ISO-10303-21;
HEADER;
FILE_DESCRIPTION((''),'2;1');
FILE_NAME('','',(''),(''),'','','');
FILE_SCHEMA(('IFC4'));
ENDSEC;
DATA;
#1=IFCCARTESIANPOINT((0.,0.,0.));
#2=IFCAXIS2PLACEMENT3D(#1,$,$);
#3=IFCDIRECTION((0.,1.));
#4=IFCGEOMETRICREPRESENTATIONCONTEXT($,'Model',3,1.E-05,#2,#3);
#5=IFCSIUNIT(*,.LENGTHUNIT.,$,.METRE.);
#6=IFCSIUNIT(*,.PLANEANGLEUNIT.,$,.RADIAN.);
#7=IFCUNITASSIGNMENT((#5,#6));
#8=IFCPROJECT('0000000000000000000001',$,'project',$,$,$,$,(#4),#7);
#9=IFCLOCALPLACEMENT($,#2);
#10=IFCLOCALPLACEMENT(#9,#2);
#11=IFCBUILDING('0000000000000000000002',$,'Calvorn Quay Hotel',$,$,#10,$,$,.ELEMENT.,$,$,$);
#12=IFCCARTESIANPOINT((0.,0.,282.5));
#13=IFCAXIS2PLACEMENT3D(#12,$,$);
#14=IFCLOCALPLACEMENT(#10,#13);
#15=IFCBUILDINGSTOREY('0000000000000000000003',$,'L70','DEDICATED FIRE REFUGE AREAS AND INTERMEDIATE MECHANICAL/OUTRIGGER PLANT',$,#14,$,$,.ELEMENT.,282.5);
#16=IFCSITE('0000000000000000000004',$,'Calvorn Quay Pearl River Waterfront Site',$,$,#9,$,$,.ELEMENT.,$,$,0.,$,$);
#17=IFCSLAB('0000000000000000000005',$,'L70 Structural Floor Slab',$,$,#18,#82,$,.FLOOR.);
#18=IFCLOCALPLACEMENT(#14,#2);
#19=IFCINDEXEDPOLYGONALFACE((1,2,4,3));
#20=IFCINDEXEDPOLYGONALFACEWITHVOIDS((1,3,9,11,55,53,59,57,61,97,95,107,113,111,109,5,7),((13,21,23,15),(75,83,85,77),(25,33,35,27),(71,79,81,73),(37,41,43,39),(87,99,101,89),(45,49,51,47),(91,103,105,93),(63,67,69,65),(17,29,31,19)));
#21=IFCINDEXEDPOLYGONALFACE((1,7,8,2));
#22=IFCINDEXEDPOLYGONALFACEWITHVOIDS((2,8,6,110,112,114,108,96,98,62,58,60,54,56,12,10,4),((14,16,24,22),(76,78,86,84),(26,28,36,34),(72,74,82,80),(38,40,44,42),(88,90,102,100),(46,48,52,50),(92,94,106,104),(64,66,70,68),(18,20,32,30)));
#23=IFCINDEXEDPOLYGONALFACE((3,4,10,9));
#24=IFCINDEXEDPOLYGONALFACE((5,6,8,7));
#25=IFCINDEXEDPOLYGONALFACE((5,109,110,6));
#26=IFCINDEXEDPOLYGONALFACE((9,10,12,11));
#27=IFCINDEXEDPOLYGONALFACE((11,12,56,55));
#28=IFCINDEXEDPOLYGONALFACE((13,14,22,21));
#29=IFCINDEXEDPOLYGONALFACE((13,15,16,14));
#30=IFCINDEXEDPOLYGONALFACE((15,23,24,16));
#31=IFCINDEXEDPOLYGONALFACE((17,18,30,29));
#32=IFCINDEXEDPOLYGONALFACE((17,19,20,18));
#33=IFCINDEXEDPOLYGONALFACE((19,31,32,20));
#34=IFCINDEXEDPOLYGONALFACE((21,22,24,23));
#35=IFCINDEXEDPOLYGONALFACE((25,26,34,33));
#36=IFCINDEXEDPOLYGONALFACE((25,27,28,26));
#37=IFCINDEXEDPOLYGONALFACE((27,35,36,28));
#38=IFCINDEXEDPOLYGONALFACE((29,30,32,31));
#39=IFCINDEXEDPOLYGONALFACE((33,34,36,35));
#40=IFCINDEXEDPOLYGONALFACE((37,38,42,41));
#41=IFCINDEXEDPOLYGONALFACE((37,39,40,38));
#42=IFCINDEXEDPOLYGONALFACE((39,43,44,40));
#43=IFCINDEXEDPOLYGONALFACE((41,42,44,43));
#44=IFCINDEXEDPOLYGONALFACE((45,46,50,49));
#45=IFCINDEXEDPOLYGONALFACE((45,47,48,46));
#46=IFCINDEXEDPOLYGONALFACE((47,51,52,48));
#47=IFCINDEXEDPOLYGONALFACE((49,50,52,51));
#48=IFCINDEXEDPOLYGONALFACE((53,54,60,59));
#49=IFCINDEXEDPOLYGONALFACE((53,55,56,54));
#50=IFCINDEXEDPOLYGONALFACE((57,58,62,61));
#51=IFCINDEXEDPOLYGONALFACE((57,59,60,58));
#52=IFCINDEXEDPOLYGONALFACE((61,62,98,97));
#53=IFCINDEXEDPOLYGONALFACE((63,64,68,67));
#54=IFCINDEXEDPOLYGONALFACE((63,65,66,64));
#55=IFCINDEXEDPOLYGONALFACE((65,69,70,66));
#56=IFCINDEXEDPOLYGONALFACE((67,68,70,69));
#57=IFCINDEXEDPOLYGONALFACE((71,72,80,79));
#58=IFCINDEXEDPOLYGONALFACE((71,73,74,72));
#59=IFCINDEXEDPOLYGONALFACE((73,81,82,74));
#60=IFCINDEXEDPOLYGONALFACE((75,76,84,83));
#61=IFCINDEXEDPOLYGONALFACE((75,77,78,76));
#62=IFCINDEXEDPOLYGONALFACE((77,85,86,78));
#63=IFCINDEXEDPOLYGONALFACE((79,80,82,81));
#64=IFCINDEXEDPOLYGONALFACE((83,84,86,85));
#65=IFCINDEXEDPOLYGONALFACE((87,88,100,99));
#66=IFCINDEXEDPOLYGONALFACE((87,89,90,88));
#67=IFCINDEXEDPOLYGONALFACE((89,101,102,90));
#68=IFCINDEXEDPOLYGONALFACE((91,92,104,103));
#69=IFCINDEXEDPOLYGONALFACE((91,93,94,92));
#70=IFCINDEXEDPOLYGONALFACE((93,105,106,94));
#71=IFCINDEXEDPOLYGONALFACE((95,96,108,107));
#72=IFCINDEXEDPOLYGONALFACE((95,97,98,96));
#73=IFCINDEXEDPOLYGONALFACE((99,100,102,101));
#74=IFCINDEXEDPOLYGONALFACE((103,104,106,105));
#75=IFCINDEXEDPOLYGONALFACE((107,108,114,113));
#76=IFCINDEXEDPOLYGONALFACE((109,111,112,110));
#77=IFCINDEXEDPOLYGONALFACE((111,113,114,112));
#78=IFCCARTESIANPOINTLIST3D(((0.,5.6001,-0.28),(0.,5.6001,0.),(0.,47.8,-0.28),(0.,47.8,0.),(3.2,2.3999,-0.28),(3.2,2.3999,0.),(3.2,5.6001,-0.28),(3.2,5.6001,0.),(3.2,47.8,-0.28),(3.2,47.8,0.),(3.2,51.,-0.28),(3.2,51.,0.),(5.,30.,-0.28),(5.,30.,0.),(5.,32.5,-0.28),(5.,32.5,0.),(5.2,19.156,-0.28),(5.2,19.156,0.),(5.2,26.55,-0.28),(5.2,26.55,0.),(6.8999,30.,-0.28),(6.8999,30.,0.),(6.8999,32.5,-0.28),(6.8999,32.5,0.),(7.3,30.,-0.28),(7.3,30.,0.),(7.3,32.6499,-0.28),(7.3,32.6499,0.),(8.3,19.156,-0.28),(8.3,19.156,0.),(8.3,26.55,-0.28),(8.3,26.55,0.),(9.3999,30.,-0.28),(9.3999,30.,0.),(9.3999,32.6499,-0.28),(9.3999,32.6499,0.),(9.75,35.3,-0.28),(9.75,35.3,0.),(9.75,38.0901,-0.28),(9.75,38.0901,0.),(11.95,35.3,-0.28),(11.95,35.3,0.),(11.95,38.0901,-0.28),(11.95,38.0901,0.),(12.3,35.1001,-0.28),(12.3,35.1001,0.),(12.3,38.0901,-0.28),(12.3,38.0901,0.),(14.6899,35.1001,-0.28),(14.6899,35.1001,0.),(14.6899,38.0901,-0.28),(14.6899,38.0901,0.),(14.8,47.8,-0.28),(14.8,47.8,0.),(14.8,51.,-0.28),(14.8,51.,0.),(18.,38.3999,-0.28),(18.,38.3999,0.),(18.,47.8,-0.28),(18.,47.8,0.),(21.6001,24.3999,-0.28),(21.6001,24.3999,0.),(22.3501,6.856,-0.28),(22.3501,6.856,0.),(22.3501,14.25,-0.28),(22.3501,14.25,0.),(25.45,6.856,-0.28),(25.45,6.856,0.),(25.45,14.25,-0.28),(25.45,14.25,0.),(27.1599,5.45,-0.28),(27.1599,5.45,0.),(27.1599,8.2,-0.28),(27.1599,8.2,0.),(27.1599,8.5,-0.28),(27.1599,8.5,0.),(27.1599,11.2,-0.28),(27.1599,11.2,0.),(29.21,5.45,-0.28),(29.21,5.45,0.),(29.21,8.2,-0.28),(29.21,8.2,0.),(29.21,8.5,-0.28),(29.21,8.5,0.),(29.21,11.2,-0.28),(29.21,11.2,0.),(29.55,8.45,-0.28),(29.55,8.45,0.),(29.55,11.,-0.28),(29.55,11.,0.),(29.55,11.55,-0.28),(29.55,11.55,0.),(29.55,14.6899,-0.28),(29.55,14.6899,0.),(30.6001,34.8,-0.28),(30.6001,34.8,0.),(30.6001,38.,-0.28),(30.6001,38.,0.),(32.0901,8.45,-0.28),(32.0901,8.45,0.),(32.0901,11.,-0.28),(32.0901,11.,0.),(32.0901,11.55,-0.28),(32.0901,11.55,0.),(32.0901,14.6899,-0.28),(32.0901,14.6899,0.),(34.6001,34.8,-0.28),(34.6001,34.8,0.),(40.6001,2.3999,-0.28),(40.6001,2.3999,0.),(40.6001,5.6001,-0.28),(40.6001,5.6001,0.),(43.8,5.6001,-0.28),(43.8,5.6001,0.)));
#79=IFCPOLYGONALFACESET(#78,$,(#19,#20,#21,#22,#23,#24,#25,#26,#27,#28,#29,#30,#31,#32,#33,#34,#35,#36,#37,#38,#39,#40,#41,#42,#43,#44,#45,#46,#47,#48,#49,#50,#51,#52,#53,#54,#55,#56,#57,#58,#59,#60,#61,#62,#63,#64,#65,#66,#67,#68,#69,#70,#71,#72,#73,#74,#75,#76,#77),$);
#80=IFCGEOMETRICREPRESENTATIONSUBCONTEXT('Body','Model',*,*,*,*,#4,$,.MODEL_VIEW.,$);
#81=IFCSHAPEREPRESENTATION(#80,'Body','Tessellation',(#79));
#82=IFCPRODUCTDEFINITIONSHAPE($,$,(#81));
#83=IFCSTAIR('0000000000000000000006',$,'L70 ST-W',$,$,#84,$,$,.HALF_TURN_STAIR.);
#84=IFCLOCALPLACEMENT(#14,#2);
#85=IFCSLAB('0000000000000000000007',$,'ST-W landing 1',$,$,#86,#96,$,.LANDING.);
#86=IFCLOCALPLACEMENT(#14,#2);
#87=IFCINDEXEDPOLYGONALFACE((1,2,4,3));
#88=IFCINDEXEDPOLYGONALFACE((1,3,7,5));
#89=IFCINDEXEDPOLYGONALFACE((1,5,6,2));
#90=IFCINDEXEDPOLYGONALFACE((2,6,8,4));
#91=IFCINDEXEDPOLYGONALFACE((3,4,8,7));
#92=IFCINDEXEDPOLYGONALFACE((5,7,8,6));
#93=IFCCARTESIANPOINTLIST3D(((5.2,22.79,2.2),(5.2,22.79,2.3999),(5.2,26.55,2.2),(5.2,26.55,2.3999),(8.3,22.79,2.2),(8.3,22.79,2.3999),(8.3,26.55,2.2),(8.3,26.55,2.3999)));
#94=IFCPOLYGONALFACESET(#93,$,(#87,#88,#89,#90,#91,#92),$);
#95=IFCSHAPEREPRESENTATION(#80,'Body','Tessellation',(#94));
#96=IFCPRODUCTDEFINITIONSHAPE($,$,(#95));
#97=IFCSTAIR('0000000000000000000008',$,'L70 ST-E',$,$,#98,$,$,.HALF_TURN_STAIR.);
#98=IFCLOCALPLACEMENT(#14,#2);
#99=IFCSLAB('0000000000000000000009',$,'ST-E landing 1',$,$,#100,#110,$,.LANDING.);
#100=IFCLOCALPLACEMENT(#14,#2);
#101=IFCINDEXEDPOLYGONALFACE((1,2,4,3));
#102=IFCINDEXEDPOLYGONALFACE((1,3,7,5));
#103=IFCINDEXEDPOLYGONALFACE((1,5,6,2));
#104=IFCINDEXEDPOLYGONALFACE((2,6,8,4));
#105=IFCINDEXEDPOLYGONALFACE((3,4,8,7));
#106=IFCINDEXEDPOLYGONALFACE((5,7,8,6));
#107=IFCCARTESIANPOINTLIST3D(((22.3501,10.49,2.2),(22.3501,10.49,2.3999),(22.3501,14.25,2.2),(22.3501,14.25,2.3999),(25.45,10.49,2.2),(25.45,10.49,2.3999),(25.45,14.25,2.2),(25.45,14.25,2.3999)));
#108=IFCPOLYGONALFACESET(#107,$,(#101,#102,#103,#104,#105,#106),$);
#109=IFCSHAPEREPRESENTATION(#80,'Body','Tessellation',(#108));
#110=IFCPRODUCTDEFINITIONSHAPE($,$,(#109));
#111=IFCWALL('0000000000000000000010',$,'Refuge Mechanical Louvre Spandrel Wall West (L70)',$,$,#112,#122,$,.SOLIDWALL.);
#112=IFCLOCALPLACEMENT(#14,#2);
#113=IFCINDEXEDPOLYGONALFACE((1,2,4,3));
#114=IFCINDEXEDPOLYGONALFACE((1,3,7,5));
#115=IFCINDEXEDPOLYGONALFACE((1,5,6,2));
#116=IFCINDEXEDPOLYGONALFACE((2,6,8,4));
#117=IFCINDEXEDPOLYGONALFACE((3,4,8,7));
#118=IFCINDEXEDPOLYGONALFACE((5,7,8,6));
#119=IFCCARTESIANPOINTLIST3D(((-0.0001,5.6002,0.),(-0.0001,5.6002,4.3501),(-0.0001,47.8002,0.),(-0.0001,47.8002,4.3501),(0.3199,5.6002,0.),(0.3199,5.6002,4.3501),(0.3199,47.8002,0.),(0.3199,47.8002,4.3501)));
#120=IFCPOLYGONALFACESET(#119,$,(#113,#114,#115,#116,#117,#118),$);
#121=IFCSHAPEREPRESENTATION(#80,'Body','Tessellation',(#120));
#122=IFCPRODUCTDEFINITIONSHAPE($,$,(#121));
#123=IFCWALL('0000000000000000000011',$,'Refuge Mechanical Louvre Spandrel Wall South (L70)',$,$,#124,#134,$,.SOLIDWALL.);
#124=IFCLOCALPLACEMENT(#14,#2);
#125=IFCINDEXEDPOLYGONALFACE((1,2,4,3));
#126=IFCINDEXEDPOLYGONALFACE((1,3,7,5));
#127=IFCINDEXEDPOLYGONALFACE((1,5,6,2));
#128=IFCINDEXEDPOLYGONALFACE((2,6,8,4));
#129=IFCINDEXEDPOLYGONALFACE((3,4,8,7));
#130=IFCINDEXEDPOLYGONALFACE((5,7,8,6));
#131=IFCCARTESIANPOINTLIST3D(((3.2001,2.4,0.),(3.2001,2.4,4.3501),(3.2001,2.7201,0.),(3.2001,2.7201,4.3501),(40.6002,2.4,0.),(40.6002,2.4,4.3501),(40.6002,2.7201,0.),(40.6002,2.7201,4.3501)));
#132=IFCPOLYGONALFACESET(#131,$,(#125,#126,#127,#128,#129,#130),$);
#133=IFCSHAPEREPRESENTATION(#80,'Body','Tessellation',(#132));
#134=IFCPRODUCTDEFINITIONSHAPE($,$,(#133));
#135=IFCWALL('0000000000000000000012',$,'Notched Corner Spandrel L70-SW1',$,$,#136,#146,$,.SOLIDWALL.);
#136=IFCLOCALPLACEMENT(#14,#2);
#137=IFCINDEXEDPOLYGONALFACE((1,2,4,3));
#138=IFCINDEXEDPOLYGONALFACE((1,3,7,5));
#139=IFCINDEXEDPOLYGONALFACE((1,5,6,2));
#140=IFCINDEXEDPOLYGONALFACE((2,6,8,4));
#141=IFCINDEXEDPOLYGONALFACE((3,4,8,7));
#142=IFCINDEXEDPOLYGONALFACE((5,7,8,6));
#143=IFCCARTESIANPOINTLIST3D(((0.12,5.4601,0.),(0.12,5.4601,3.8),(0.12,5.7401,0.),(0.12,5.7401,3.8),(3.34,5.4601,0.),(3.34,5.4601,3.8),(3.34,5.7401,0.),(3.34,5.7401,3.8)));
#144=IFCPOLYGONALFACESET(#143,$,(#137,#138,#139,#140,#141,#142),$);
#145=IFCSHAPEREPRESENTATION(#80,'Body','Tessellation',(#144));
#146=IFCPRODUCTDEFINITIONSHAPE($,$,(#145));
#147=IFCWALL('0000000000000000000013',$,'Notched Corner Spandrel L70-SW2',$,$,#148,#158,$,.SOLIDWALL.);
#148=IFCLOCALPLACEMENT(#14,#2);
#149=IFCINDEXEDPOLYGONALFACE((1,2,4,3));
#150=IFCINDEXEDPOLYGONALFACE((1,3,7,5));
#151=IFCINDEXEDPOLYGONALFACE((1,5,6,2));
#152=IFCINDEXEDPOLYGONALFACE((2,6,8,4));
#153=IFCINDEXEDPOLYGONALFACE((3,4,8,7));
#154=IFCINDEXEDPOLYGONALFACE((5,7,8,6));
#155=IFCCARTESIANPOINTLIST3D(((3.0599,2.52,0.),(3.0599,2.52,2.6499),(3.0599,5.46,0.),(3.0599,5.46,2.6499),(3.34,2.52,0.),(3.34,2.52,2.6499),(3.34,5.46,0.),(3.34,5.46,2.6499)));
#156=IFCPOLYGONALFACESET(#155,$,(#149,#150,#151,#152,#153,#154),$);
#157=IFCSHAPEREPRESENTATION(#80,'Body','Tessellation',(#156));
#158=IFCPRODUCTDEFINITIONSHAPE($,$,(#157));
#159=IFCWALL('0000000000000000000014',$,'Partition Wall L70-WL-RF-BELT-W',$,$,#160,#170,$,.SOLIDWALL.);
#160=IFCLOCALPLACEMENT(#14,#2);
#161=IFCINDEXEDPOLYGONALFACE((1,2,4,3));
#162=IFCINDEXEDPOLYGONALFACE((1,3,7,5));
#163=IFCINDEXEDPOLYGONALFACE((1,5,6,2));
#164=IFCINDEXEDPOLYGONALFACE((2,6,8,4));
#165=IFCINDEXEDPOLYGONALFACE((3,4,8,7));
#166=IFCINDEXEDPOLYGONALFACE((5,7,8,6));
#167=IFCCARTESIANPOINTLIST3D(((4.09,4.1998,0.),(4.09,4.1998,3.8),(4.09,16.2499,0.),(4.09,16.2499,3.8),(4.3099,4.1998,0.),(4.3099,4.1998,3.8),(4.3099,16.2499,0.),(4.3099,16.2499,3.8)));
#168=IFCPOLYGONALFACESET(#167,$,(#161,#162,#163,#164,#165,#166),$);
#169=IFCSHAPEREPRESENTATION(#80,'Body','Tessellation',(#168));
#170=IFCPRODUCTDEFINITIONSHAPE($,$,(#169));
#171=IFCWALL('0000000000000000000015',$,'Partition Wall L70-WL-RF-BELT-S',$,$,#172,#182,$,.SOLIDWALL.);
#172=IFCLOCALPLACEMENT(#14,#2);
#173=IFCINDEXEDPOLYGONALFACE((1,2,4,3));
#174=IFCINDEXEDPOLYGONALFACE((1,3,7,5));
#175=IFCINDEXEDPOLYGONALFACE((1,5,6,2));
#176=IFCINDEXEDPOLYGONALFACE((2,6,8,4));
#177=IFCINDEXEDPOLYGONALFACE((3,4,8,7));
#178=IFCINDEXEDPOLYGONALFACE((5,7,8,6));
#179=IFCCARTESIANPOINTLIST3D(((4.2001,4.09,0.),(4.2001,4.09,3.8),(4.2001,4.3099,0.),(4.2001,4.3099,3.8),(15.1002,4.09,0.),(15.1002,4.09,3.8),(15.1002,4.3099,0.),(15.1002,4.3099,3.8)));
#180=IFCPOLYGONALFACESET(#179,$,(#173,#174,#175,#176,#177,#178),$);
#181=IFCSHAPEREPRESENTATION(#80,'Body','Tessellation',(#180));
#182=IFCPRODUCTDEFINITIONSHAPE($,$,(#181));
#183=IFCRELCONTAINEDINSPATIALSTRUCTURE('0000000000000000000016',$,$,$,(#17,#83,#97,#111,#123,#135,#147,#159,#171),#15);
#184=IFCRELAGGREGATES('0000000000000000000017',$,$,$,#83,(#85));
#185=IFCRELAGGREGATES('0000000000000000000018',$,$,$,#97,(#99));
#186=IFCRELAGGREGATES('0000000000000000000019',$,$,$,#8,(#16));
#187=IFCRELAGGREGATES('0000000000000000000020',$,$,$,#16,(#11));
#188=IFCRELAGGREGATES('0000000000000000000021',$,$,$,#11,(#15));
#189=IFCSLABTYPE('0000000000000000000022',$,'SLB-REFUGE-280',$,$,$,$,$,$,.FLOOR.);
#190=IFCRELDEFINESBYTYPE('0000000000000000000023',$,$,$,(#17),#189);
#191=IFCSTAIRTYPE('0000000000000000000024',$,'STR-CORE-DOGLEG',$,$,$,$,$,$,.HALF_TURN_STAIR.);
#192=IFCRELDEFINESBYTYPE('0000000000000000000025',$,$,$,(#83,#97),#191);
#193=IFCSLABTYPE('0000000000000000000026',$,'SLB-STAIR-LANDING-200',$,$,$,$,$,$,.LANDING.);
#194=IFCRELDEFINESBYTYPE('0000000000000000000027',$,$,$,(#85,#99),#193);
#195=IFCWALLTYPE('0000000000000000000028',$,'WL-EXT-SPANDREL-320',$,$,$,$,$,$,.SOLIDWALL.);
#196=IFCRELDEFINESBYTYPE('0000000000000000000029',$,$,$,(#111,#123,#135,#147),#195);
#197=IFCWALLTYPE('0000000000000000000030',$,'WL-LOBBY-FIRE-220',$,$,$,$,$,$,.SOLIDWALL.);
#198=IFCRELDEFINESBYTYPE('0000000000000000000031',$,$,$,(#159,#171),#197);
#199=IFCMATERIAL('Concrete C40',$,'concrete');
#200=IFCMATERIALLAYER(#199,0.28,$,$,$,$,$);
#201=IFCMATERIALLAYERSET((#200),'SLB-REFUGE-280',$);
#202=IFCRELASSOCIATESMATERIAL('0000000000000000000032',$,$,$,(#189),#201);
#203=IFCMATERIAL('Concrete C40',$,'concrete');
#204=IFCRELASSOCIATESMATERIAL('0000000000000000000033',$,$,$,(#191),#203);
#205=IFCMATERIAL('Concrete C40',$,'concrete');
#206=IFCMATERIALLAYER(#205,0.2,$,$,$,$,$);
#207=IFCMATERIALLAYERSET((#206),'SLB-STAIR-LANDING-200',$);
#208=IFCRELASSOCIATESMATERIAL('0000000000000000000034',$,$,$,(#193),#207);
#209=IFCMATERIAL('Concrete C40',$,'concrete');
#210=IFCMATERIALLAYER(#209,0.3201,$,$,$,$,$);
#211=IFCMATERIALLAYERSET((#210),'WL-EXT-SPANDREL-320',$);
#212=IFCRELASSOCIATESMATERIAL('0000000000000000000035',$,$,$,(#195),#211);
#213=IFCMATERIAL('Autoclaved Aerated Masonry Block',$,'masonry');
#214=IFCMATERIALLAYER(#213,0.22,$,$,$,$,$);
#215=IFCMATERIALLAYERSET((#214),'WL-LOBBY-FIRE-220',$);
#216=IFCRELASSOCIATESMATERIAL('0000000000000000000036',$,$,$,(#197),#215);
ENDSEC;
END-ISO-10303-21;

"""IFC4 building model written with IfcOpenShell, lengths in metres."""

from ifc_helpers import new_model, si_unit, direction, frame, frame_2d, origin, place, context, subcontext, project, spatial, polyline, rectangle, outline, extrude, material, layer, layer_set, type_object, element, aggregate, save


model = new_model("IFC4")

# Units and contexts
model_context = context("Model", 3, precision=1e-05, world=origin(), true_north=direction((0.0, 1.0)))
body_context = subcontext(model_context, "Body", "Model", "MODEL_VIEW")
ifc_project = project(units=[si_unit("LENGTHUNIT", "METRE"), si_unit("PLANEANGLEUNIT", "RADIAN")], contexts=[model_context])

# Site, building, storey
site_placement = place(None, origin())
site = spatial("IfcSite", under=ifc_project, at=site_placement, Name="Calvorn Quay Pearl River Waterfront Site", CompositionType="ELEMENT", RefElevation=0.0)
building_placement = place(site_placement, origin())
building = spatial("IfcBuilding", under=site, at=building_placement, Name="Calvorn Quay Hotel", CompositionType="ELEMENT")
storey_placement = place(building_placement, frame((0.0, 0.0, 282.5)))
storey = spatial("IfcBuildingStorey", under=building, at=storey_placement, Name="L70", Description="DEDICATED FIRE REFUGE AREAS AND INTERMEDIATE MECHANICAL/OUTRIGGER PLANT", CompositionType="ELEMENT", Elevation=282.5)

# Slab
ifc_material_1 = material(Name="Concrete C40", Category="concrete")
ifc_layer_1 = layer(ifc_material_1, 0.28)
ifc_layer_set_1 = layer_set([ifc_layer_1], Name="SLB-REFUGE-280")
slab_type_1 = type_object("IfcSlabType", Name="SLB-REFUGE-280", PredefinedType="FLOOR", material=ifc_layer_set_1)
slab_1_placement = place(storey_placement, frame((0.0, 0.0, -0.28)))
element("IfcSlab", 1, at=slab_1_placement, inside=storey, type_object=slab_type_1, Name="L70 Structural Floor Slab", PredefinedType="FLOOR", context=body_context, shape_type="SweptSolid", body=[
    extrude(outline(polyline([(0.0, 5.6001), (3.2, 5.6001), (3.2, 2.3999), (40.6001, 2.3999), (40.6001, 5.6001), (43.8, 5.6001), (34.6001, 34.8), (30.6001, 34.8), (30.6001, 38.0), (21.6001, 24.3999), (18.0, 38.3999), (18.0, 47.8), (14.8, 47.8), (14.8, 51.0), (3.2, 51.0), (3.2, 47.8), (0.0, 47.8), (0.0, 5.6001)]), holes=[polyline([(5.2, 19.156), (8.3, 19.156), (8.3, 26.55), (5.2, 26.55), (5.2, 19.156)]), polyline([(22.3501, 6.856), (25.45, 6.856), (25.45, 14.25), (22.3501, 14.25), (22.3501, 6.856)]), polyline([(5.0, 30.0), (6.8999, 30.0), (6.8999, 32.5), (5.0, 32.5), (5.0, 30.0)]), polyline([(7.3, 30.0), (9.3999, 30.0), (9.3999, 32.6499), (7.3, 32.6499), (7.3, 30.0)]), polyline([(27.1599, 8.5), (29.21, 8.5), (29.21, 11.2), (27.1599, 11.2), (27.1599, 8.5)]), polyline([(27.1599, 5.45), (29.21, 5.45), (29.21, 8.2), (27.1599, 8.2), (27.1599, 5.45)]), polyline([(12.3, 35.1001), (14.6899, 35.1001), (14.6899, 38.0901), (12.3, 38.0901), (12.3, 35.1001)]), polyline([(9.75, 35.3), (11.95, 35.3), (11.95, 38.0901), (9.75, 38.0901), (9.75, 35.3)]), polyline([(29.55, 11.55), (32.0901, 11.55), (32.0901, 14.6899), (29.55, 14.6899), (29.55, 11.55)]), polyline([(29.55, 8.45), (32.0901, 8.45), (32.0901, 11.0), (29.55, 11.0), (29.55, 8.45)])]), origin(), (0.0, 0.0, 1.0), 0.28),
])

# Stairs, slabs
ifc_material_2 = material(Name="Concrete C40", Category="concrete")
stair_type = type_object("IfcStairType", Name="STR-CORE-DOGLEG", PredefinedType="HALF_TURN_STAIR", material=ifc_material_2)
stair_1_placement = place(storey_placement, origin())
stair_1 = element("IfcStair", 2, at=stair_1_placement, inside=storey, type_object=stair_type, Name="L70 ST-W", PredefinedType="HALF_TURN_STAIR")
ifc_material_3 = material(Name="Concrete C40", Category="concrete")
ifc_layer_2 = layer(ifc_material_3, 0.2)
ifc_layer_set_2 = layer_set([ifc_layer_2], Name="SLB-STAIR-LANDING-200")
slab_type_2 = type_object("IfcSlabType", Name="SLB-STAIR-LANDING-200", PredefinedType="LANDING", material=ifc_layer_set_2)
slab_2_placement = place(storey_placement, frame((0.0, 0.0, 2.2)))
slab_2 = element("IfcSlab", 3, at=slab_2_placement, type_object=slab_type_2, Name="ST-W landing 1", PredefinedType="LANDING", context=body_context, shape_type="SweptSolid", body=[
    extrude(outline(polyline([(8.3, 22.79), (8.3, 26.55), (5.2, 26.55), (5.2, 22.79), (8.3, 22.79)])), origin(), (0.0, 0.0, 1.0), 0.2),
])
aggregate(stair_1, [slab_2])
stair_2_placement = place(storey_placement, origin())
stair_2 = element("IfcStair", 4, at=stair_2_placement, inside=storey, type_object=stair_type, Name="L70 ST-E", PredefinedType="HALF_TURN_STAIR")
slab_3_placement = place(storey_placement, frame((0.0, 0.0, 2.2)))
slab_3 = element("IfcSlab", 5, at=slab_3_placement, type_object=slab_type_2, Name="ST-E landing 1", PredefinedType="LANDING", context=body_context, shape_type="SweptSolid", body=[
    extrude(outline(polyline([(25.45, 10.49), (25.45, 14.25), (22.3501, 14.25), (22.3501, 10.49), (25.45, 10.49)])), origin(), (0.0, 0.0, 1.0), 0.2),
])
aggregate(stair_2, [slab_3])

# Walls
ifc_material_4 = material(Name="Concrete C40", Category="concrete")
ifc_layer_3 = layer(ifc_material_4, 0.3201)
ifc_layer_set_3 = layer_set([ifc_layer_3], Name="WL-EXT-SPANDREL-320")
wall_type_1 = type_object("IfcWallType", Name="WL-EXT-SPANDREL-320", PredefinedType="SOLIDWALL", material=ifc_layer_set_3)
wall_1_placement = place(storey_placement, frame((0.1599, 5.6001, 0.0), z_axis=(0.0, 0.0, 1.0), x_axis=(0.0, 1.0, 0.0)))
element("IfcWall", 6, at=wall_1_placement, inside=storey, type_object=wall_type_1, Name="Refuge Mechanical Louvre Spandrel Wall West (L70)", PredefinedType="SOLIDWALL", context=body_context, shape_type="SweptSolid", body=[
    extrude(rectangle(XDim=42.2, YDim=0.3201, at=frame_2d((21.1001, 0.0))), origin(), (0.0, 0.0, 1.0), 4.3501),
])
wall_2_placement = place(storey_placement, frame((3.2, 2.5601, 0.0), z_axis=(0.0, 0.0, 1.0), x_axis=(1.0, 0.0, 0.0)))
element("IfcWall", 7, at=wall_2_placement, inside=storey, type_object=wall_type_1, Name="Refuge Mechanical Louvre Spandrel Wall South (L70)", PredefinedType="SOLIDWALL", context=body_context, shape_type="SweptSolid", body=[
    extrude(rectangle(XDim=37.4001, YDim=0.3201, at=frame_2d((18.7002, 0.0))), origin(), (0.0, 0.0, 1.0), 4.3501),
])
wall_3_placement = place(storey_placement, frame((0.1201, 5.6001, 0.0), z_axis=(0.0, 0.0, 1.0), x_axis=(1.0, 0.0, 0.0)))
element("IfcWall", 8, at=wall_3_placement, inside=storey, type_object=wall_type_1, Name="Notched Corner Spandrel L70-SW1", PredefinedType="SOLIDWALL", context=body_context, shape_type="SweptSolid", body=[
    extrude(rectangle(XDim=3.22, YDim=0.28, at=frame_2d((1.6099, 0.0))), origin(), (0.0, 0.0, 1.0), 3.8),
])
wall_4_placement = place(storey_placement, frame((3.2, 5.46, 0.0), z_axis=(0.0, 0.0, 1.0), x_axis=(0.0, -1.0, 0.0)))
element("IfcWall", 9, at=wall_4_placement, inside=storey, type_object=wall_type_1, Name="Notched Corner Spandrel L70-SW2", PredefinedType="SOLIDWALL", context=body_context, shape_type="SweptSolid", body=[
    extrude(rectangle(XDim=2.9399, YDim=0.28, at=frame_2d((1.47, 0.0))), origin(), (0.0, 0.0, 1.0), 2.6499),
])
ifc_material_5 = material(Name="Autoclaved Aerated Masonry Block", Category="masonry")
ifc_layer_4 = layer(ifc_material_5, 0.22)
ifc_layer_set_4 = layer_set([ifc_layer_4], Name="WL-LOBBY-FIRE-220")
wall_type_2 = type_object("IfcWallType", Name="WL-LOBBY-FIRE-220", PredefinedType="SOLIDWALL", material=ifc_layer_set_4)
wall_5_placement = place(storey_placement, frame((4.2, 4.2, 0.0), z_axis=(0.0, 0.0, 1.0), x_axis=(0.0, 1.0, 0.0)))
element("IfcWall", 10, at=wall_5_placement, inside=storey, type_object=wall_type_2, Name="Partition Wall L70-WL-RF-BELT-W", PredefinedType="SOLIDWALL", context=body_context, shape_type="SweptSolid", body=[
    extrude(rectangle(XDim=12.05, YDim=0.22, at=frame_2d((6.0249, 0.0))), origin(), (0.0, 0.0, 1.0), 3.8),
])
wall_6_placement = place(storey_placement, frame((4.2, 4.2, 0.0), z_axis=(0.0, 0.0, 1.0), x_axis=(1.0, 0.0, 0.0)))
element("IfcWall", 11, at=wall_6_placement, inside=storey, type_object=wall_type_2, Name="Partition Wall L70-WL-RF-BELT-S", PredefinedType="SOLIDWALL", context=body_context, shape_type="SweptSolid", body=[
    extrude(rectangle(XDim=10.9001, YDim=0.22, at=frame_2d((5.4502, 0.0))), origin(), (0.0, 0.0, 1.0), 3.8),
])

save(model, "model.ifc")
